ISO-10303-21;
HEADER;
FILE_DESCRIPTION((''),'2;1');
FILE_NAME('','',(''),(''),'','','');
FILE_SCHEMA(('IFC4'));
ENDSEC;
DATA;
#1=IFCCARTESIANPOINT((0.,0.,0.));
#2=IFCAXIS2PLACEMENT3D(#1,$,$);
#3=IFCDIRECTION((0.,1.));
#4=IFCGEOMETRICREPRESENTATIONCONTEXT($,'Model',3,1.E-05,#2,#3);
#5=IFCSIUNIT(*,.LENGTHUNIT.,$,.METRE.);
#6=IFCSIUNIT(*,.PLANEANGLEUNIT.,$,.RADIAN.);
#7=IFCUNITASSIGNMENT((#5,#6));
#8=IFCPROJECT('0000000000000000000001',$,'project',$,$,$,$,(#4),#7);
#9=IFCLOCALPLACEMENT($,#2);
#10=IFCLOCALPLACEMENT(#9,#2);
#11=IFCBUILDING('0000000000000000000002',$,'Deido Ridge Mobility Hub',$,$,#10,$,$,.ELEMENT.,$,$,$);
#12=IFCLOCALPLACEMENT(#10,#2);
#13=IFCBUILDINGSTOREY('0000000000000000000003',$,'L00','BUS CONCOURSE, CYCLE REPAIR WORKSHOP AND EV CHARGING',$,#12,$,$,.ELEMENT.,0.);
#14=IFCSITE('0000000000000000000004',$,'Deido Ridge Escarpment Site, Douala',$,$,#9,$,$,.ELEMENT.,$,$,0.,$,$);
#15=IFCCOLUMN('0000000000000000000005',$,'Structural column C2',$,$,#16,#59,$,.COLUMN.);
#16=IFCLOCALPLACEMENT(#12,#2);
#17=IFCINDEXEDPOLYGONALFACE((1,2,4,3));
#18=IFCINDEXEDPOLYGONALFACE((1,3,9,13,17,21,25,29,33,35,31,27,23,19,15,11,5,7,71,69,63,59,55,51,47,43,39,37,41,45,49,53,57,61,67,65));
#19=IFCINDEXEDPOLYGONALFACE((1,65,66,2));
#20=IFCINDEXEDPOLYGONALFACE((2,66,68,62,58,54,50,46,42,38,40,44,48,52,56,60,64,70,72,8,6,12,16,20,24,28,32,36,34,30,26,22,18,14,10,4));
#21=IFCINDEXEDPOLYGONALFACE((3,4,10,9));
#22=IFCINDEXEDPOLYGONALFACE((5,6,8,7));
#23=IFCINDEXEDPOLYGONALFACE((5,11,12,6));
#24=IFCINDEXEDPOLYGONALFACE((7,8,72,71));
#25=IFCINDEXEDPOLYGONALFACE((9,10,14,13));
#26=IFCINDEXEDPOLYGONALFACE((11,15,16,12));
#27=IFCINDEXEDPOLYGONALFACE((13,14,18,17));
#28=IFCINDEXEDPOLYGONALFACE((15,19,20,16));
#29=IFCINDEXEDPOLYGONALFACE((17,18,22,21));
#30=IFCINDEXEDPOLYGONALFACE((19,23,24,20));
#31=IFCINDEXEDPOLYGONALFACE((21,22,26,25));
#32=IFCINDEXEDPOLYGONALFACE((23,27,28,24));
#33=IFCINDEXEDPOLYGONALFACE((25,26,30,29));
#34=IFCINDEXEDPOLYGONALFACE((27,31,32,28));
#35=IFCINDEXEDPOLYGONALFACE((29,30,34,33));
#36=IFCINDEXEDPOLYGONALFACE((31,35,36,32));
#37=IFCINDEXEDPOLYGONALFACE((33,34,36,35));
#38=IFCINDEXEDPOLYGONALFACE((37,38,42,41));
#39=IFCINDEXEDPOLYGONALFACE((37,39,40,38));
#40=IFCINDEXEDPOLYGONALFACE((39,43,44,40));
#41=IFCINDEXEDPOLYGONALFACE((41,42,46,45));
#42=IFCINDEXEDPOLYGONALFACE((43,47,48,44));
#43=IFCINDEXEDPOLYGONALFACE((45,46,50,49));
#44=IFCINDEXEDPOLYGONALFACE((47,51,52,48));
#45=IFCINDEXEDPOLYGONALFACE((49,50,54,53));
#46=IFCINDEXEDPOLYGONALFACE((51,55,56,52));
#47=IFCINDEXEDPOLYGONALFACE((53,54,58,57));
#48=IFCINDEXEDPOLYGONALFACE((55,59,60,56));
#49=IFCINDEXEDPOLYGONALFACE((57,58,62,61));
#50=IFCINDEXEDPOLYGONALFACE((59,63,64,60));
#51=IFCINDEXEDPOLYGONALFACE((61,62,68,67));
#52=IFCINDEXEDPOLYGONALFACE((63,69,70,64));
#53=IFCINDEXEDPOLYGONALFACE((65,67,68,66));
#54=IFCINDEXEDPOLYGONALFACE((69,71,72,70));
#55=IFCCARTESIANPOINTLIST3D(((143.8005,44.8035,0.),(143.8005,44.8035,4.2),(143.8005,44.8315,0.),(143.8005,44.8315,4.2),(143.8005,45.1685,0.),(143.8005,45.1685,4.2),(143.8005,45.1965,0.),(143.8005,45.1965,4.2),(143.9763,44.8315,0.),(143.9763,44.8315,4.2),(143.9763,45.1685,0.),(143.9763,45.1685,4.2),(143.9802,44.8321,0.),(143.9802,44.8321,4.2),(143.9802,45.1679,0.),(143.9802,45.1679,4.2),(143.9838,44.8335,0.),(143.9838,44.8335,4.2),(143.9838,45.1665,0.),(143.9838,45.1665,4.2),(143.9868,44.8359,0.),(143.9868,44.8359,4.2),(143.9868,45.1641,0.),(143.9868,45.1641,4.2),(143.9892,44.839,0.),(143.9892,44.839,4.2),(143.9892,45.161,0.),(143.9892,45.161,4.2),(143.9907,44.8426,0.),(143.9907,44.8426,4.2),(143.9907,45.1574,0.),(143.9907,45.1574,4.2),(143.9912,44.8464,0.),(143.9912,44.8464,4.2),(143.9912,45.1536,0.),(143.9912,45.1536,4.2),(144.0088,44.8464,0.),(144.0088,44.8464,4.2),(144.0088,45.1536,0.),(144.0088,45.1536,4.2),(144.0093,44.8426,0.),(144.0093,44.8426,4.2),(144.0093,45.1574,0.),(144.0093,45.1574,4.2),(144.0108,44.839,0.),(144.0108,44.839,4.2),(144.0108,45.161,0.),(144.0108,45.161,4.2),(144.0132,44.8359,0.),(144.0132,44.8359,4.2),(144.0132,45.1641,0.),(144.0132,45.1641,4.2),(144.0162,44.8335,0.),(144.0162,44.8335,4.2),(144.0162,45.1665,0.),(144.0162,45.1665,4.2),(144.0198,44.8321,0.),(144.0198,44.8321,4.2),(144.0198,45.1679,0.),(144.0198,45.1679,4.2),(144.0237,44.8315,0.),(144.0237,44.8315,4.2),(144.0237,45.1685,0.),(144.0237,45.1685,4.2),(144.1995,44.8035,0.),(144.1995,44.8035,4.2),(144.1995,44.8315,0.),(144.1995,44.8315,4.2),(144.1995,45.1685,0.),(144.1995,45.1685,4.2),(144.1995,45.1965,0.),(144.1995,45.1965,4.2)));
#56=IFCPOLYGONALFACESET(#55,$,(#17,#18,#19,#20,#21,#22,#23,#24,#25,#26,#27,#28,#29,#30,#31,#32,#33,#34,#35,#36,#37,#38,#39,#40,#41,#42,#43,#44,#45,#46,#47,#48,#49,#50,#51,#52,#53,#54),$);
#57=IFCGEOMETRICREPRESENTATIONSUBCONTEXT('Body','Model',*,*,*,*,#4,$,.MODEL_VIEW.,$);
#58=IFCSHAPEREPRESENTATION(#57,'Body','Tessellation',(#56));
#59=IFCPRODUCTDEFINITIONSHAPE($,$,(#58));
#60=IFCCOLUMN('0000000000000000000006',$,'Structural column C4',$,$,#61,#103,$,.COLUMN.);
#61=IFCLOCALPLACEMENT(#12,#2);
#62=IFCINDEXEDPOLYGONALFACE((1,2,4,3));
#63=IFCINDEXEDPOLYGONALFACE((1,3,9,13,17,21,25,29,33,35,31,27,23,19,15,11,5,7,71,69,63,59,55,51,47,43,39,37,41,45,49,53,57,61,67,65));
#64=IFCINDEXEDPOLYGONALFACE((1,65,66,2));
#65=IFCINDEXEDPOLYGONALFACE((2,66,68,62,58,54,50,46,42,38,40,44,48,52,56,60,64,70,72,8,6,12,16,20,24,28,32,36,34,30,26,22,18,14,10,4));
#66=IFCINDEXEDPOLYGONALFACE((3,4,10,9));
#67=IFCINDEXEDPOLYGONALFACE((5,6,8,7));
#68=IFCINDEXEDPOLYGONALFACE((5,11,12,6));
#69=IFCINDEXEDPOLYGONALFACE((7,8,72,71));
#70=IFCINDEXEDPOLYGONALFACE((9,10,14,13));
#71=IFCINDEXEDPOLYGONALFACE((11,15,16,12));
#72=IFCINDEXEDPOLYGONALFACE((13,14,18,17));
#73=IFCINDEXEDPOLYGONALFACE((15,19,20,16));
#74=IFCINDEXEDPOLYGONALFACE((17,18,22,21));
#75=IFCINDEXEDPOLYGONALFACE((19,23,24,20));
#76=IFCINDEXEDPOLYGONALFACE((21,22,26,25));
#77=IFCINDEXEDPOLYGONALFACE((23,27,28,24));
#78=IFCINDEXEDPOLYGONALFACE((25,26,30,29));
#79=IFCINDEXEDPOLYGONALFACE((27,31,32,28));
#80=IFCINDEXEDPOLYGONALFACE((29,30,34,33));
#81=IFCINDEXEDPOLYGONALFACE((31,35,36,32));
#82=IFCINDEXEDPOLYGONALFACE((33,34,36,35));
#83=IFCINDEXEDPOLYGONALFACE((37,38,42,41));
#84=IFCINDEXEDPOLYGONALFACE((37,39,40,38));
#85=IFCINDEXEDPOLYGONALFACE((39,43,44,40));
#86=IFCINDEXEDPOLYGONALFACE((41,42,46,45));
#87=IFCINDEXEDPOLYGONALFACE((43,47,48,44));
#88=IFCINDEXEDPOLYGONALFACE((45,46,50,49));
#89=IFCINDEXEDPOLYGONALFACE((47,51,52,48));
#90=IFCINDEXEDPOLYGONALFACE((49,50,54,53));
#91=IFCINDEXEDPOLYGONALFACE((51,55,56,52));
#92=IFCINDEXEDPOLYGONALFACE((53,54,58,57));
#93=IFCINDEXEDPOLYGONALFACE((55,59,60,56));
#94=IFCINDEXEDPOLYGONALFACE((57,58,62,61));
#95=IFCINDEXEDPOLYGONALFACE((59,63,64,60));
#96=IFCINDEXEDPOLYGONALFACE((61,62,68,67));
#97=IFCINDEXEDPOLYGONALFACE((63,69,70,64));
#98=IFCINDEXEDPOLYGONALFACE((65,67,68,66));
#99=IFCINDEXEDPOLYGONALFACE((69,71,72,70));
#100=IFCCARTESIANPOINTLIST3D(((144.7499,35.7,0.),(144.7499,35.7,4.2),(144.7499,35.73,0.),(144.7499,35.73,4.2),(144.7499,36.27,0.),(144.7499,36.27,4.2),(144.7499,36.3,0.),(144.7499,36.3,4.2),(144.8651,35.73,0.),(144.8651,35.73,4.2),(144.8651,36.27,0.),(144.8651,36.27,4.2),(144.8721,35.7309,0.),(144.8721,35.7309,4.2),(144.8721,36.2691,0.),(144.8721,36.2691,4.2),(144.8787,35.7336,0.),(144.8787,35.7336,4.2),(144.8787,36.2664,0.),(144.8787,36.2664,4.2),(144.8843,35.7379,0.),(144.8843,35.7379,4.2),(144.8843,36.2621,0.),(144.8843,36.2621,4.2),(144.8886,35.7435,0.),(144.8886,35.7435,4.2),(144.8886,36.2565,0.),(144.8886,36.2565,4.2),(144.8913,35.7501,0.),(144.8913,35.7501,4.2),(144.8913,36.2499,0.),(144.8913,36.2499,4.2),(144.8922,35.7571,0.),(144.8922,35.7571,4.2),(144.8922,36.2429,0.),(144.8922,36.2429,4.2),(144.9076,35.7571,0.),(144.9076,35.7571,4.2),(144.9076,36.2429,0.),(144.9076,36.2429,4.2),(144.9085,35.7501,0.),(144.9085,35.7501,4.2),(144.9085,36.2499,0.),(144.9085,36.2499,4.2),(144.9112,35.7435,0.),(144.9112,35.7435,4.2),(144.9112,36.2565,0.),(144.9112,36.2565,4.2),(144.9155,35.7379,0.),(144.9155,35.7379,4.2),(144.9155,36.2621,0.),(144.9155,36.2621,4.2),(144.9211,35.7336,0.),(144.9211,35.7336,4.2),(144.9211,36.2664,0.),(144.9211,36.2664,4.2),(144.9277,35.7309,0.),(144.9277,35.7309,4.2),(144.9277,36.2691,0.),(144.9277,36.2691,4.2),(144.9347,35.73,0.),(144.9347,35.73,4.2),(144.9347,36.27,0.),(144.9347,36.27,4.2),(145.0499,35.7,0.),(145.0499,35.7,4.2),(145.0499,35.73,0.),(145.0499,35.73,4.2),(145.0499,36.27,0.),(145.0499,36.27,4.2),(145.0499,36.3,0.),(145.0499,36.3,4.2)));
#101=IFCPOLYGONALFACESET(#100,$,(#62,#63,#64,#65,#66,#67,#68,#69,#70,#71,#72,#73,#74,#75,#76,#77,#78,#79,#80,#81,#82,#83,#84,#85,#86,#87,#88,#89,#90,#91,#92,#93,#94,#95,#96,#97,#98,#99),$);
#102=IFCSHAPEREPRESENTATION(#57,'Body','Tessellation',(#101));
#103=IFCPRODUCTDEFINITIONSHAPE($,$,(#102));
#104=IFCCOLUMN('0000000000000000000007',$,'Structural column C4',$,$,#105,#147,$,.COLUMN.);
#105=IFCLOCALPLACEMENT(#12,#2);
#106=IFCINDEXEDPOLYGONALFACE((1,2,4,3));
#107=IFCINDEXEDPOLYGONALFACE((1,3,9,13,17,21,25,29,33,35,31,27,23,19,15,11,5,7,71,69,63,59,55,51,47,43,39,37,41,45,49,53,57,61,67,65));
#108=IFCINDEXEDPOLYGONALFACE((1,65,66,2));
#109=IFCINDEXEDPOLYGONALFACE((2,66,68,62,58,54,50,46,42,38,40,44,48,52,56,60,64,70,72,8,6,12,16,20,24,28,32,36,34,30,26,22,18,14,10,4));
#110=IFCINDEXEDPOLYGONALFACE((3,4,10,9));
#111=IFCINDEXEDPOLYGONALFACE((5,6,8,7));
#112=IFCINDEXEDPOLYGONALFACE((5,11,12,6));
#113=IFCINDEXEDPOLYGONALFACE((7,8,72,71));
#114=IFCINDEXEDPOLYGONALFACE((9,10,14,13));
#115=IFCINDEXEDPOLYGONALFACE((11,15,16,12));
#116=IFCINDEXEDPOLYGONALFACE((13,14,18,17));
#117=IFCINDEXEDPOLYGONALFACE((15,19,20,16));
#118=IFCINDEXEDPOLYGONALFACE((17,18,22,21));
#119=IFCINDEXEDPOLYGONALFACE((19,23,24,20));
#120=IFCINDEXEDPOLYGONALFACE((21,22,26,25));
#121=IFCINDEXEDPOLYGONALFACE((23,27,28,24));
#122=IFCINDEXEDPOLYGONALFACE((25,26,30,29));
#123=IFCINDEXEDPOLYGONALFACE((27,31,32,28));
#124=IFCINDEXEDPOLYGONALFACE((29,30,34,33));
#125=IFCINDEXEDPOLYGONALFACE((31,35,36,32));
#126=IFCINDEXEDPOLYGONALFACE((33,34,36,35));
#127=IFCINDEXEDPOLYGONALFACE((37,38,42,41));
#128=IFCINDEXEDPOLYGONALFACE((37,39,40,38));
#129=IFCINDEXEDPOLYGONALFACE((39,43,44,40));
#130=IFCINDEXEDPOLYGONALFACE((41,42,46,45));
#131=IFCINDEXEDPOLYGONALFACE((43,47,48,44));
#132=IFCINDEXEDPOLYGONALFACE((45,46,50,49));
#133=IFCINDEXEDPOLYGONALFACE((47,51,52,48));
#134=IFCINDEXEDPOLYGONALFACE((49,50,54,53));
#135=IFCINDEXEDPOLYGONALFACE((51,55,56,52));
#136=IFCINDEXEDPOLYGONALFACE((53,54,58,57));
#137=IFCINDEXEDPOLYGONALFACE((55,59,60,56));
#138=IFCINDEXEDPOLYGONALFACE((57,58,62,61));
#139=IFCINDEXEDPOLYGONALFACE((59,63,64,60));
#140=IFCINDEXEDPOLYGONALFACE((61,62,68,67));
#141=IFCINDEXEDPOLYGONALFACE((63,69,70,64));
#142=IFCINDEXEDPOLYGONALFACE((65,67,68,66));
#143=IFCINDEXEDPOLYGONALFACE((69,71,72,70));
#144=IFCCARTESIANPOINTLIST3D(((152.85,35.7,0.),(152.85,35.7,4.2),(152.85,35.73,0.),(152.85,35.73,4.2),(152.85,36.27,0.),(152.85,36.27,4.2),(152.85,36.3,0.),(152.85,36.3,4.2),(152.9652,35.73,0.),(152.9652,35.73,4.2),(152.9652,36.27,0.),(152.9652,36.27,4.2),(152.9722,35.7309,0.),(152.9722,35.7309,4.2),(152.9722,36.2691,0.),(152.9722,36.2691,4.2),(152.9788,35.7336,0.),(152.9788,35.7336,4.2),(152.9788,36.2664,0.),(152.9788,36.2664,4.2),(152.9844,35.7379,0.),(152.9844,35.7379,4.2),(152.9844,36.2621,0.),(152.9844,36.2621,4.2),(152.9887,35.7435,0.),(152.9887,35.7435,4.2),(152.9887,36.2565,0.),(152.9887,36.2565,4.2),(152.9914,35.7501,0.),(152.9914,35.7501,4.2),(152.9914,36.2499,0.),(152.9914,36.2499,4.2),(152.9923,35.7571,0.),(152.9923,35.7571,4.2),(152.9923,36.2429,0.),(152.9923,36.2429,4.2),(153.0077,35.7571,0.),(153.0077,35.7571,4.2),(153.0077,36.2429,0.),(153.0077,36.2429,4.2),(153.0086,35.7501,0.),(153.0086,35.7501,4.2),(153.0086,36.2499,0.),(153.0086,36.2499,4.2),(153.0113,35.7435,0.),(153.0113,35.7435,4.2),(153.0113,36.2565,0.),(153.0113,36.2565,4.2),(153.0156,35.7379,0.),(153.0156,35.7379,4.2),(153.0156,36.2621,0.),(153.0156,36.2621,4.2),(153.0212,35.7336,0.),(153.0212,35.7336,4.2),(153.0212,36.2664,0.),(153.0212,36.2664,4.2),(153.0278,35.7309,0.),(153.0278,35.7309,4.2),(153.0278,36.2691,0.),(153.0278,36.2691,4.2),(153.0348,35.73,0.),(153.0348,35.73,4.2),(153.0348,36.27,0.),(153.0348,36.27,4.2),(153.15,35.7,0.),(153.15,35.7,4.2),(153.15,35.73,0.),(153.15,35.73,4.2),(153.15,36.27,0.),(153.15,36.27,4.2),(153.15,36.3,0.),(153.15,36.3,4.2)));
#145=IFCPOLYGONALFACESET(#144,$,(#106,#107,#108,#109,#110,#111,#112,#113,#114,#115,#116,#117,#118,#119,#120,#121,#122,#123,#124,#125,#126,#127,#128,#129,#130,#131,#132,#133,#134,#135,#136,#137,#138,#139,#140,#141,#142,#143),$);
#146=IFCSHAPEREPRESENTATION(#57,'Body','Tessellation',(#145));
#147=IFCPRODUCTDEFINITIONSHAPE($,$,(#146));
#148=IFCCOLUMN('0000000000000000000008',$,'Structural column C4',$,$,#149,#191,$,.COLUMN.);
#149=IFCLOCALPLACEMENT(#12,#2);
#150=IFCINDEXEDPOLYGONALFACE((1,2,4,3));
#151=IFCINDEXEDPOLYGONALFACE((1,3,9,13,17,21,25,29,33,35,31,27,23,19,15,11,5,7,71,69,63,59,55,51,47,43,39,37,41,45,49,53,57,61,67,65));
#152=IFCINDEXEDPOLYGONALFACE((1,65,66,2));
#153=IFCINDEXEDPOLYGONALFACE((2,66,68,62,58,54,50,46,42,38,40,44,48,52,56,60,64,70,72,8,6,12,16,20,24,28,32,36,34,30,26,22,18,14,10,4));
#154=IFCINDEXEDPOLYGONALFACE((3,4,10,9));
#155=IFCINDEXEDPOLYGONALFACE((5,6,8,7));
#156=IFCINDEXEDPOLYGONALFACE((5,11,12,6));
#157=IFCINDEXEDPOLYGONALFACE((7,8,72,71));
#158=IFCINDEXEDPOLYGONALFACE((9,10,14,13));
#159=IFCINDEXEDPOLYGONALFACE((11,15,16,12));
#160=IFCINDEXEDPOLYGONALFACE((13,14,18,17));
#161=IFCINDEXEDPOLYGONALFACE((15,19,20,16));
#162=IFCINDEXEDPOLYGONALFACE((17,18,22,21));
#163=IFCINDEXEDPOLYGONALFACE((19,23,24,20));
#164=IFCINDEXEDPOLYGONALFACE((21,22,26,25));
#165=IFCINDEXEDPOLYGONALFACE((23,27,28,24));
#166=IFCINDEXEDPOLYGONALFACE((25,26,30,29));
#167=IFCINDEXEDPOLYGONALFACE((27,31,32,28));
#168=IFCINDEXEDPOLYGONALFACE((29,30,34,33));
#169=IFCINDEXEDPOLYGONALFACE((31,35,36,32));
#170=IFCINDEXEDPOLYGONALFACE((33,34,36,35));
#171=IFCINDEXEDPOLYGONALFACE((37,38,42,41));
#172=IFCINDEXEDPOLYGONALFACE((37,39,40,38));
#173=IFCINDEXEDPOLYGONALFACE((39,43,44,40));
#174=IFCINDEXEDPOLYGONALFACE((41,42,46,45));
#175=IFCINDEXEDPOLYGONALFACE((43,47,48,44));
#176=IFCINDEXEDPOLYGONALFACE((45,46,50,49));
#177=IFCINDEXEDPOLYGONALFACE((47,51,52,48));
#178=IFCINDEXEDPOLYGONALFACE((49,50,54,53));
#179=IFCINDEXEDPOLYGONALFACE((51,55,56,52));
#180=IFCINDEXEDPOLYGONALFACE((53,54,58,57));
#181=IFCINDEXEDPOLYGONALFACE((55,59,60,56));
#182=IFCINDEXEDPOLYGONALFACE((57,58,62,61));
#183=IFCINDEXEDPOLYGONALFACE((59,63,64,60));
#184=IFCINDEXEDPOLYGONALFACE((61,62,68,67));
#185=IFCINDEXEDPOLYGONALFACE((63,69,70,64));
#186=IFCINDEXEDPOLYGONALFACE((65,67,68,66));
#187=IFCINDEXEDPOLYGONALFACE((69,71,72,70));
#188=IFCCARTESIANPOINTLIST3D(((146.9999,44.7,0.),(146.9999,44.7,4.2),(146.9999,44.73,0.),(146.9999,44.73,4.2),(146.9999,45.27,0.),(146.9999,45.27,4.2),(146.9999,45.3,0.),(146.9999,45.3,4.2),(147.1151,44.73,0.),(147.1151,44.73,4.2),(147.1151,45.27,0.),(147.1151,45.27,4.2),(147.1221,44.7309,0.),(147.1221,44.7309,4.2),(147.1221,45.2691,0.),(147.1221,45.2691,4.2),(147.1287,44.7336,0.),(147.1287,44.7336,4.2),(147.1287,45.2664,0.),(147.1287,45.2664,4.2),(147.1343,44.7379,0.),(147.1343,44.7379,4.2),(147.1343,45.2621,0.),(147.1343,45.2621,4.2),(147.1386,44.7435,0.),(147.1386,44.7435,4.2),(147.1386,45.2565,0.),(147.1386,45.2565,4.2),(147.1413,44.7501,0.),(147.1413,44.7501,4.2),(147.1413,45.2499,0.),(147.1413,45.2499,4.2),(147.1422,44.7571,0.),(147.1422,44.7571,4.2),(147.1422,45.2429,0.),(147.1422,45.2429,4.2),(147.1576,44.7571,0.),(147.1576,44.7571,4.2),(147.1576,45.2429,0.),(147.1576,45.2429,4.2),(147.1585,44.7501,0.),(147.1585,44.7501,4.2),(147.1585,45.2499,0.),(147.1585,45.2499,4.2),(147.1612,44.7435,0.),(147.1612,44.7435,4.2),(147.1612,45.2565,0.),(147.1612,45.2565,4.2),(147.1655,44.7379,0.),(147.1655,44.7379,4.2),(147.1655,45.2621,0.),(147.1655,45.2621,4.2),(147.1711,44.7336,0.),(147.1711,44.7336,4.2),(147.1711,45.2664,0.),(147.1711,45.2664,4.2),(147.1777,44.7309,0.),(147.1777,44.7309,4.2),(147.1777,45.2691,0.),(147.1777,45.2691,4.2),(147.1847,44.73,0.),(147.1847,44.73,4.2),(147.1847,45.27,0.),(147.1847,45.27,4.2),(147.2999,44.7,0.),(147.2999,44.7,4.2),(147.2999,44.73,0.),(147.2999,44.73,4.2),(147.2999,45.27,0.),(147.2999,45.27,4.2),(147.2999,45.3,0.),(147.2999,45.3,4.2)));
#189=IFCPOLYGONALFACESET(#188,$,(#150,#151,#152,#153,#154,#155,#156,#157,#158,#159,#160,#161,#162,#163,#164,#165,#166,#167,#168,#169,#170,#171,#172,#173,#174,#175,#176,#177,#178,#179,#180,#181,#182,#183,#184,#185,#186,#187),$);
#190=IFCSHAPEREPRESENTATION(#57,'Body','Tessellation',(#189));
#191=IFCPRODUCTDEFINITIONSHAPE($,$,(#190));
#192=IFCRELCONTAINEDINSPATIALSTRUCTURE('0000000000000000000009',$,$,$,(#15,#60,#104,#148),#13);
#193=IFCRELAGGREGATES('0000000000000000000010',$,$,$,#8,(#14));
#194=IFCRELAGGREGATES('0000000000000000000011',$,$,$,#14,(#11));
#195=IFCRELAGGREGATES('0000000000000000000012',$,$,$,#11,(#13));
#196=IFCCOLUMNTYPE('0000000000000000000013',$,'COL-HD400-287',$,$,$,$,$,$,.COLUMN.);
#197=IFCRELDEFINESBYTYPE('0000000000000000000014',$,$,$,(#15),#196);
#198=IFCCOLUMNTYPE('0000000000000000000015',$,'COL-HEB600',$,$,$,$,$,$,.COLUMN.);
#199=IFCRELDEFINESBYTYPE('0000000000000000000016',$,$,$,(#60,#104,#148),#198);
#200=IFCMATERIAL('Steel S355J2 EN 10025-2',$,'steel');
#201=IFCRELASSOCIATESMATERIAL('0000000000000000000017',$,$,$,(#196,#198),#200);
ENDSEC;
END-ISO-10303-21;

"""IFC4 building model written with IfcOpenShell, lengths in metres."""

from ifc_helpers import new_model, si_unit, direction, frame, origin, origin_2d, place, context, subcontext, project, spatial, i_section, extrude, material, material_profile, profile_set, type_object, element, save


model = new_model("IFC4")

# Units and contexts
model_context = context("Model", 3, precision=1e-05, world=origin(), true_north=direction((0.0, 1.0)))
body_context = subcontext(model_context, "Body", "Model", "MODEL_VIEW")
ifc_project = project(units=[si_unit("LENGTHUNIT", "METRE"), si_unit("PLANEANGLEUNIT", "RADIAN")], contexts=[model_context])

# Site, building, storey
site_placement = place(None, origin())
site = spatial("IfcSite", under=ifc_project, at=site_placement, Name="Deido Ridge Escarpment Site, Douala", CompositionType="ELEMENT", RefElevation=0.0)
building_placement = place(site_placement, origin())
building = spatial("IfcBuilding", under=site, at=building_placement, Name="Deido Ridge Mobility Hub", CompositionType="ELEMENT")
storey_placement = place(building_placement, origin())
storey = spatial("IfcBuildingStorey", under=building, at=storey_placement, Name="L00", Description="BUS CONCOURSE, CYCLE REPAIR WORKSHOP AND EV CHARGING", CompositionType="ELEMENT", Elevation=0.0)

# Columns
ifc_material_1 = material(Name="Steel S355J2 EN 10025-2", Category="steel")
ifc_material_profile_1 = material_profile(ifc_material_1, i_section(OverallWidth=0.3989, OverallDepth=0.3931, WebThickness=0.0176, FlangeThickness=0.0281, FilletRadius=0.0149, at=origin_2d()), Name="HD 400x287")
ifc_profile_set_1 = profile_set([ifc_material_profile_1], Name="Steel S355J2 EN 10025-2")
column_type_1 = type_object("IfcColumnType", Name="COL-HD400-287", PredefinedType="COLUMN", material=ifc_profile_set_1)
column_placement = place(storey_placement, frame((144.0, 45.0, 0.0), z_axis=(0.0, 0.0, 1.0), x_axis=(1.0, 0.0, 0.0)))
element("IfcColumn", 1, at=column_placement, inside=storey, type_object=column_type_1, Name="Structural column C2", PredefinedType="COLUMN", context=body_context, shape_type="SweptSolid", body=[
    extrude(i_section(OverallWidth=0.3989, OverallDepth=0.3931, WebThickness=0.0176, FlangeThickness=0.0281, FilletRadius=0.0149, at=origin_2d()), origin(), (0.0, 0.0, 1.0), 4.2),
])
ifc_material_profile_2 = material_profile(ifc_material_1, i_section(OverallWidth=0.3, OverallDepth=0.6001, WebThickness=0.0154, FlangeThickness=0.03, FilletRadius=0.0271, at=origin_2d()), Name="HEB 600")
ifc_profile_set_2 = profile_set([ifc_material_profile_2], Name="Steel S355J2 EN 10025-2")
column_type_2 = type_object("IfcColumnType", Name="COL-HEB600", PredefinedType="COLUMN", material=ifc_profile_set_2)
for number, where, z_axis, x_axis, name in (
    (2, (144.8999, 36.0, 0.0), (0.0, 0.0, 1.0), (1.0, 0.0, 0.0), "Structural column C4"),
    (3, (153.0, 36.0, 0.0), (0.0, 0.0, 1.0), (1.0, 0.0, 0.0), "Structural column C4"),
    (4, (147.1499, 45.0, 0.0), (0.0, 0.0, 1.0), (1.0, 0.0, 0.0), "Structural column C4"),
):
    element("IfcColumn", number, at=place(storey_placement, frame(where, z_axis=z_axis, x_axis=x_axis)), inside=storey, type_object=column_type_2, Name=name, PredefinedType="COLUMN", context=body_context, shape_type="SweptSolid", body=[
        extrude(i_section(OverallWidth=0.3, OverallDepth=0.6001, WebThickness=0.0154, FlangeThickness=0.03, FilletRadius=0.0271, at=origin_2d()), origin(), (0.0, 0.0, 1.0), 4.2),
    ])

save(model, "model.ifc")
